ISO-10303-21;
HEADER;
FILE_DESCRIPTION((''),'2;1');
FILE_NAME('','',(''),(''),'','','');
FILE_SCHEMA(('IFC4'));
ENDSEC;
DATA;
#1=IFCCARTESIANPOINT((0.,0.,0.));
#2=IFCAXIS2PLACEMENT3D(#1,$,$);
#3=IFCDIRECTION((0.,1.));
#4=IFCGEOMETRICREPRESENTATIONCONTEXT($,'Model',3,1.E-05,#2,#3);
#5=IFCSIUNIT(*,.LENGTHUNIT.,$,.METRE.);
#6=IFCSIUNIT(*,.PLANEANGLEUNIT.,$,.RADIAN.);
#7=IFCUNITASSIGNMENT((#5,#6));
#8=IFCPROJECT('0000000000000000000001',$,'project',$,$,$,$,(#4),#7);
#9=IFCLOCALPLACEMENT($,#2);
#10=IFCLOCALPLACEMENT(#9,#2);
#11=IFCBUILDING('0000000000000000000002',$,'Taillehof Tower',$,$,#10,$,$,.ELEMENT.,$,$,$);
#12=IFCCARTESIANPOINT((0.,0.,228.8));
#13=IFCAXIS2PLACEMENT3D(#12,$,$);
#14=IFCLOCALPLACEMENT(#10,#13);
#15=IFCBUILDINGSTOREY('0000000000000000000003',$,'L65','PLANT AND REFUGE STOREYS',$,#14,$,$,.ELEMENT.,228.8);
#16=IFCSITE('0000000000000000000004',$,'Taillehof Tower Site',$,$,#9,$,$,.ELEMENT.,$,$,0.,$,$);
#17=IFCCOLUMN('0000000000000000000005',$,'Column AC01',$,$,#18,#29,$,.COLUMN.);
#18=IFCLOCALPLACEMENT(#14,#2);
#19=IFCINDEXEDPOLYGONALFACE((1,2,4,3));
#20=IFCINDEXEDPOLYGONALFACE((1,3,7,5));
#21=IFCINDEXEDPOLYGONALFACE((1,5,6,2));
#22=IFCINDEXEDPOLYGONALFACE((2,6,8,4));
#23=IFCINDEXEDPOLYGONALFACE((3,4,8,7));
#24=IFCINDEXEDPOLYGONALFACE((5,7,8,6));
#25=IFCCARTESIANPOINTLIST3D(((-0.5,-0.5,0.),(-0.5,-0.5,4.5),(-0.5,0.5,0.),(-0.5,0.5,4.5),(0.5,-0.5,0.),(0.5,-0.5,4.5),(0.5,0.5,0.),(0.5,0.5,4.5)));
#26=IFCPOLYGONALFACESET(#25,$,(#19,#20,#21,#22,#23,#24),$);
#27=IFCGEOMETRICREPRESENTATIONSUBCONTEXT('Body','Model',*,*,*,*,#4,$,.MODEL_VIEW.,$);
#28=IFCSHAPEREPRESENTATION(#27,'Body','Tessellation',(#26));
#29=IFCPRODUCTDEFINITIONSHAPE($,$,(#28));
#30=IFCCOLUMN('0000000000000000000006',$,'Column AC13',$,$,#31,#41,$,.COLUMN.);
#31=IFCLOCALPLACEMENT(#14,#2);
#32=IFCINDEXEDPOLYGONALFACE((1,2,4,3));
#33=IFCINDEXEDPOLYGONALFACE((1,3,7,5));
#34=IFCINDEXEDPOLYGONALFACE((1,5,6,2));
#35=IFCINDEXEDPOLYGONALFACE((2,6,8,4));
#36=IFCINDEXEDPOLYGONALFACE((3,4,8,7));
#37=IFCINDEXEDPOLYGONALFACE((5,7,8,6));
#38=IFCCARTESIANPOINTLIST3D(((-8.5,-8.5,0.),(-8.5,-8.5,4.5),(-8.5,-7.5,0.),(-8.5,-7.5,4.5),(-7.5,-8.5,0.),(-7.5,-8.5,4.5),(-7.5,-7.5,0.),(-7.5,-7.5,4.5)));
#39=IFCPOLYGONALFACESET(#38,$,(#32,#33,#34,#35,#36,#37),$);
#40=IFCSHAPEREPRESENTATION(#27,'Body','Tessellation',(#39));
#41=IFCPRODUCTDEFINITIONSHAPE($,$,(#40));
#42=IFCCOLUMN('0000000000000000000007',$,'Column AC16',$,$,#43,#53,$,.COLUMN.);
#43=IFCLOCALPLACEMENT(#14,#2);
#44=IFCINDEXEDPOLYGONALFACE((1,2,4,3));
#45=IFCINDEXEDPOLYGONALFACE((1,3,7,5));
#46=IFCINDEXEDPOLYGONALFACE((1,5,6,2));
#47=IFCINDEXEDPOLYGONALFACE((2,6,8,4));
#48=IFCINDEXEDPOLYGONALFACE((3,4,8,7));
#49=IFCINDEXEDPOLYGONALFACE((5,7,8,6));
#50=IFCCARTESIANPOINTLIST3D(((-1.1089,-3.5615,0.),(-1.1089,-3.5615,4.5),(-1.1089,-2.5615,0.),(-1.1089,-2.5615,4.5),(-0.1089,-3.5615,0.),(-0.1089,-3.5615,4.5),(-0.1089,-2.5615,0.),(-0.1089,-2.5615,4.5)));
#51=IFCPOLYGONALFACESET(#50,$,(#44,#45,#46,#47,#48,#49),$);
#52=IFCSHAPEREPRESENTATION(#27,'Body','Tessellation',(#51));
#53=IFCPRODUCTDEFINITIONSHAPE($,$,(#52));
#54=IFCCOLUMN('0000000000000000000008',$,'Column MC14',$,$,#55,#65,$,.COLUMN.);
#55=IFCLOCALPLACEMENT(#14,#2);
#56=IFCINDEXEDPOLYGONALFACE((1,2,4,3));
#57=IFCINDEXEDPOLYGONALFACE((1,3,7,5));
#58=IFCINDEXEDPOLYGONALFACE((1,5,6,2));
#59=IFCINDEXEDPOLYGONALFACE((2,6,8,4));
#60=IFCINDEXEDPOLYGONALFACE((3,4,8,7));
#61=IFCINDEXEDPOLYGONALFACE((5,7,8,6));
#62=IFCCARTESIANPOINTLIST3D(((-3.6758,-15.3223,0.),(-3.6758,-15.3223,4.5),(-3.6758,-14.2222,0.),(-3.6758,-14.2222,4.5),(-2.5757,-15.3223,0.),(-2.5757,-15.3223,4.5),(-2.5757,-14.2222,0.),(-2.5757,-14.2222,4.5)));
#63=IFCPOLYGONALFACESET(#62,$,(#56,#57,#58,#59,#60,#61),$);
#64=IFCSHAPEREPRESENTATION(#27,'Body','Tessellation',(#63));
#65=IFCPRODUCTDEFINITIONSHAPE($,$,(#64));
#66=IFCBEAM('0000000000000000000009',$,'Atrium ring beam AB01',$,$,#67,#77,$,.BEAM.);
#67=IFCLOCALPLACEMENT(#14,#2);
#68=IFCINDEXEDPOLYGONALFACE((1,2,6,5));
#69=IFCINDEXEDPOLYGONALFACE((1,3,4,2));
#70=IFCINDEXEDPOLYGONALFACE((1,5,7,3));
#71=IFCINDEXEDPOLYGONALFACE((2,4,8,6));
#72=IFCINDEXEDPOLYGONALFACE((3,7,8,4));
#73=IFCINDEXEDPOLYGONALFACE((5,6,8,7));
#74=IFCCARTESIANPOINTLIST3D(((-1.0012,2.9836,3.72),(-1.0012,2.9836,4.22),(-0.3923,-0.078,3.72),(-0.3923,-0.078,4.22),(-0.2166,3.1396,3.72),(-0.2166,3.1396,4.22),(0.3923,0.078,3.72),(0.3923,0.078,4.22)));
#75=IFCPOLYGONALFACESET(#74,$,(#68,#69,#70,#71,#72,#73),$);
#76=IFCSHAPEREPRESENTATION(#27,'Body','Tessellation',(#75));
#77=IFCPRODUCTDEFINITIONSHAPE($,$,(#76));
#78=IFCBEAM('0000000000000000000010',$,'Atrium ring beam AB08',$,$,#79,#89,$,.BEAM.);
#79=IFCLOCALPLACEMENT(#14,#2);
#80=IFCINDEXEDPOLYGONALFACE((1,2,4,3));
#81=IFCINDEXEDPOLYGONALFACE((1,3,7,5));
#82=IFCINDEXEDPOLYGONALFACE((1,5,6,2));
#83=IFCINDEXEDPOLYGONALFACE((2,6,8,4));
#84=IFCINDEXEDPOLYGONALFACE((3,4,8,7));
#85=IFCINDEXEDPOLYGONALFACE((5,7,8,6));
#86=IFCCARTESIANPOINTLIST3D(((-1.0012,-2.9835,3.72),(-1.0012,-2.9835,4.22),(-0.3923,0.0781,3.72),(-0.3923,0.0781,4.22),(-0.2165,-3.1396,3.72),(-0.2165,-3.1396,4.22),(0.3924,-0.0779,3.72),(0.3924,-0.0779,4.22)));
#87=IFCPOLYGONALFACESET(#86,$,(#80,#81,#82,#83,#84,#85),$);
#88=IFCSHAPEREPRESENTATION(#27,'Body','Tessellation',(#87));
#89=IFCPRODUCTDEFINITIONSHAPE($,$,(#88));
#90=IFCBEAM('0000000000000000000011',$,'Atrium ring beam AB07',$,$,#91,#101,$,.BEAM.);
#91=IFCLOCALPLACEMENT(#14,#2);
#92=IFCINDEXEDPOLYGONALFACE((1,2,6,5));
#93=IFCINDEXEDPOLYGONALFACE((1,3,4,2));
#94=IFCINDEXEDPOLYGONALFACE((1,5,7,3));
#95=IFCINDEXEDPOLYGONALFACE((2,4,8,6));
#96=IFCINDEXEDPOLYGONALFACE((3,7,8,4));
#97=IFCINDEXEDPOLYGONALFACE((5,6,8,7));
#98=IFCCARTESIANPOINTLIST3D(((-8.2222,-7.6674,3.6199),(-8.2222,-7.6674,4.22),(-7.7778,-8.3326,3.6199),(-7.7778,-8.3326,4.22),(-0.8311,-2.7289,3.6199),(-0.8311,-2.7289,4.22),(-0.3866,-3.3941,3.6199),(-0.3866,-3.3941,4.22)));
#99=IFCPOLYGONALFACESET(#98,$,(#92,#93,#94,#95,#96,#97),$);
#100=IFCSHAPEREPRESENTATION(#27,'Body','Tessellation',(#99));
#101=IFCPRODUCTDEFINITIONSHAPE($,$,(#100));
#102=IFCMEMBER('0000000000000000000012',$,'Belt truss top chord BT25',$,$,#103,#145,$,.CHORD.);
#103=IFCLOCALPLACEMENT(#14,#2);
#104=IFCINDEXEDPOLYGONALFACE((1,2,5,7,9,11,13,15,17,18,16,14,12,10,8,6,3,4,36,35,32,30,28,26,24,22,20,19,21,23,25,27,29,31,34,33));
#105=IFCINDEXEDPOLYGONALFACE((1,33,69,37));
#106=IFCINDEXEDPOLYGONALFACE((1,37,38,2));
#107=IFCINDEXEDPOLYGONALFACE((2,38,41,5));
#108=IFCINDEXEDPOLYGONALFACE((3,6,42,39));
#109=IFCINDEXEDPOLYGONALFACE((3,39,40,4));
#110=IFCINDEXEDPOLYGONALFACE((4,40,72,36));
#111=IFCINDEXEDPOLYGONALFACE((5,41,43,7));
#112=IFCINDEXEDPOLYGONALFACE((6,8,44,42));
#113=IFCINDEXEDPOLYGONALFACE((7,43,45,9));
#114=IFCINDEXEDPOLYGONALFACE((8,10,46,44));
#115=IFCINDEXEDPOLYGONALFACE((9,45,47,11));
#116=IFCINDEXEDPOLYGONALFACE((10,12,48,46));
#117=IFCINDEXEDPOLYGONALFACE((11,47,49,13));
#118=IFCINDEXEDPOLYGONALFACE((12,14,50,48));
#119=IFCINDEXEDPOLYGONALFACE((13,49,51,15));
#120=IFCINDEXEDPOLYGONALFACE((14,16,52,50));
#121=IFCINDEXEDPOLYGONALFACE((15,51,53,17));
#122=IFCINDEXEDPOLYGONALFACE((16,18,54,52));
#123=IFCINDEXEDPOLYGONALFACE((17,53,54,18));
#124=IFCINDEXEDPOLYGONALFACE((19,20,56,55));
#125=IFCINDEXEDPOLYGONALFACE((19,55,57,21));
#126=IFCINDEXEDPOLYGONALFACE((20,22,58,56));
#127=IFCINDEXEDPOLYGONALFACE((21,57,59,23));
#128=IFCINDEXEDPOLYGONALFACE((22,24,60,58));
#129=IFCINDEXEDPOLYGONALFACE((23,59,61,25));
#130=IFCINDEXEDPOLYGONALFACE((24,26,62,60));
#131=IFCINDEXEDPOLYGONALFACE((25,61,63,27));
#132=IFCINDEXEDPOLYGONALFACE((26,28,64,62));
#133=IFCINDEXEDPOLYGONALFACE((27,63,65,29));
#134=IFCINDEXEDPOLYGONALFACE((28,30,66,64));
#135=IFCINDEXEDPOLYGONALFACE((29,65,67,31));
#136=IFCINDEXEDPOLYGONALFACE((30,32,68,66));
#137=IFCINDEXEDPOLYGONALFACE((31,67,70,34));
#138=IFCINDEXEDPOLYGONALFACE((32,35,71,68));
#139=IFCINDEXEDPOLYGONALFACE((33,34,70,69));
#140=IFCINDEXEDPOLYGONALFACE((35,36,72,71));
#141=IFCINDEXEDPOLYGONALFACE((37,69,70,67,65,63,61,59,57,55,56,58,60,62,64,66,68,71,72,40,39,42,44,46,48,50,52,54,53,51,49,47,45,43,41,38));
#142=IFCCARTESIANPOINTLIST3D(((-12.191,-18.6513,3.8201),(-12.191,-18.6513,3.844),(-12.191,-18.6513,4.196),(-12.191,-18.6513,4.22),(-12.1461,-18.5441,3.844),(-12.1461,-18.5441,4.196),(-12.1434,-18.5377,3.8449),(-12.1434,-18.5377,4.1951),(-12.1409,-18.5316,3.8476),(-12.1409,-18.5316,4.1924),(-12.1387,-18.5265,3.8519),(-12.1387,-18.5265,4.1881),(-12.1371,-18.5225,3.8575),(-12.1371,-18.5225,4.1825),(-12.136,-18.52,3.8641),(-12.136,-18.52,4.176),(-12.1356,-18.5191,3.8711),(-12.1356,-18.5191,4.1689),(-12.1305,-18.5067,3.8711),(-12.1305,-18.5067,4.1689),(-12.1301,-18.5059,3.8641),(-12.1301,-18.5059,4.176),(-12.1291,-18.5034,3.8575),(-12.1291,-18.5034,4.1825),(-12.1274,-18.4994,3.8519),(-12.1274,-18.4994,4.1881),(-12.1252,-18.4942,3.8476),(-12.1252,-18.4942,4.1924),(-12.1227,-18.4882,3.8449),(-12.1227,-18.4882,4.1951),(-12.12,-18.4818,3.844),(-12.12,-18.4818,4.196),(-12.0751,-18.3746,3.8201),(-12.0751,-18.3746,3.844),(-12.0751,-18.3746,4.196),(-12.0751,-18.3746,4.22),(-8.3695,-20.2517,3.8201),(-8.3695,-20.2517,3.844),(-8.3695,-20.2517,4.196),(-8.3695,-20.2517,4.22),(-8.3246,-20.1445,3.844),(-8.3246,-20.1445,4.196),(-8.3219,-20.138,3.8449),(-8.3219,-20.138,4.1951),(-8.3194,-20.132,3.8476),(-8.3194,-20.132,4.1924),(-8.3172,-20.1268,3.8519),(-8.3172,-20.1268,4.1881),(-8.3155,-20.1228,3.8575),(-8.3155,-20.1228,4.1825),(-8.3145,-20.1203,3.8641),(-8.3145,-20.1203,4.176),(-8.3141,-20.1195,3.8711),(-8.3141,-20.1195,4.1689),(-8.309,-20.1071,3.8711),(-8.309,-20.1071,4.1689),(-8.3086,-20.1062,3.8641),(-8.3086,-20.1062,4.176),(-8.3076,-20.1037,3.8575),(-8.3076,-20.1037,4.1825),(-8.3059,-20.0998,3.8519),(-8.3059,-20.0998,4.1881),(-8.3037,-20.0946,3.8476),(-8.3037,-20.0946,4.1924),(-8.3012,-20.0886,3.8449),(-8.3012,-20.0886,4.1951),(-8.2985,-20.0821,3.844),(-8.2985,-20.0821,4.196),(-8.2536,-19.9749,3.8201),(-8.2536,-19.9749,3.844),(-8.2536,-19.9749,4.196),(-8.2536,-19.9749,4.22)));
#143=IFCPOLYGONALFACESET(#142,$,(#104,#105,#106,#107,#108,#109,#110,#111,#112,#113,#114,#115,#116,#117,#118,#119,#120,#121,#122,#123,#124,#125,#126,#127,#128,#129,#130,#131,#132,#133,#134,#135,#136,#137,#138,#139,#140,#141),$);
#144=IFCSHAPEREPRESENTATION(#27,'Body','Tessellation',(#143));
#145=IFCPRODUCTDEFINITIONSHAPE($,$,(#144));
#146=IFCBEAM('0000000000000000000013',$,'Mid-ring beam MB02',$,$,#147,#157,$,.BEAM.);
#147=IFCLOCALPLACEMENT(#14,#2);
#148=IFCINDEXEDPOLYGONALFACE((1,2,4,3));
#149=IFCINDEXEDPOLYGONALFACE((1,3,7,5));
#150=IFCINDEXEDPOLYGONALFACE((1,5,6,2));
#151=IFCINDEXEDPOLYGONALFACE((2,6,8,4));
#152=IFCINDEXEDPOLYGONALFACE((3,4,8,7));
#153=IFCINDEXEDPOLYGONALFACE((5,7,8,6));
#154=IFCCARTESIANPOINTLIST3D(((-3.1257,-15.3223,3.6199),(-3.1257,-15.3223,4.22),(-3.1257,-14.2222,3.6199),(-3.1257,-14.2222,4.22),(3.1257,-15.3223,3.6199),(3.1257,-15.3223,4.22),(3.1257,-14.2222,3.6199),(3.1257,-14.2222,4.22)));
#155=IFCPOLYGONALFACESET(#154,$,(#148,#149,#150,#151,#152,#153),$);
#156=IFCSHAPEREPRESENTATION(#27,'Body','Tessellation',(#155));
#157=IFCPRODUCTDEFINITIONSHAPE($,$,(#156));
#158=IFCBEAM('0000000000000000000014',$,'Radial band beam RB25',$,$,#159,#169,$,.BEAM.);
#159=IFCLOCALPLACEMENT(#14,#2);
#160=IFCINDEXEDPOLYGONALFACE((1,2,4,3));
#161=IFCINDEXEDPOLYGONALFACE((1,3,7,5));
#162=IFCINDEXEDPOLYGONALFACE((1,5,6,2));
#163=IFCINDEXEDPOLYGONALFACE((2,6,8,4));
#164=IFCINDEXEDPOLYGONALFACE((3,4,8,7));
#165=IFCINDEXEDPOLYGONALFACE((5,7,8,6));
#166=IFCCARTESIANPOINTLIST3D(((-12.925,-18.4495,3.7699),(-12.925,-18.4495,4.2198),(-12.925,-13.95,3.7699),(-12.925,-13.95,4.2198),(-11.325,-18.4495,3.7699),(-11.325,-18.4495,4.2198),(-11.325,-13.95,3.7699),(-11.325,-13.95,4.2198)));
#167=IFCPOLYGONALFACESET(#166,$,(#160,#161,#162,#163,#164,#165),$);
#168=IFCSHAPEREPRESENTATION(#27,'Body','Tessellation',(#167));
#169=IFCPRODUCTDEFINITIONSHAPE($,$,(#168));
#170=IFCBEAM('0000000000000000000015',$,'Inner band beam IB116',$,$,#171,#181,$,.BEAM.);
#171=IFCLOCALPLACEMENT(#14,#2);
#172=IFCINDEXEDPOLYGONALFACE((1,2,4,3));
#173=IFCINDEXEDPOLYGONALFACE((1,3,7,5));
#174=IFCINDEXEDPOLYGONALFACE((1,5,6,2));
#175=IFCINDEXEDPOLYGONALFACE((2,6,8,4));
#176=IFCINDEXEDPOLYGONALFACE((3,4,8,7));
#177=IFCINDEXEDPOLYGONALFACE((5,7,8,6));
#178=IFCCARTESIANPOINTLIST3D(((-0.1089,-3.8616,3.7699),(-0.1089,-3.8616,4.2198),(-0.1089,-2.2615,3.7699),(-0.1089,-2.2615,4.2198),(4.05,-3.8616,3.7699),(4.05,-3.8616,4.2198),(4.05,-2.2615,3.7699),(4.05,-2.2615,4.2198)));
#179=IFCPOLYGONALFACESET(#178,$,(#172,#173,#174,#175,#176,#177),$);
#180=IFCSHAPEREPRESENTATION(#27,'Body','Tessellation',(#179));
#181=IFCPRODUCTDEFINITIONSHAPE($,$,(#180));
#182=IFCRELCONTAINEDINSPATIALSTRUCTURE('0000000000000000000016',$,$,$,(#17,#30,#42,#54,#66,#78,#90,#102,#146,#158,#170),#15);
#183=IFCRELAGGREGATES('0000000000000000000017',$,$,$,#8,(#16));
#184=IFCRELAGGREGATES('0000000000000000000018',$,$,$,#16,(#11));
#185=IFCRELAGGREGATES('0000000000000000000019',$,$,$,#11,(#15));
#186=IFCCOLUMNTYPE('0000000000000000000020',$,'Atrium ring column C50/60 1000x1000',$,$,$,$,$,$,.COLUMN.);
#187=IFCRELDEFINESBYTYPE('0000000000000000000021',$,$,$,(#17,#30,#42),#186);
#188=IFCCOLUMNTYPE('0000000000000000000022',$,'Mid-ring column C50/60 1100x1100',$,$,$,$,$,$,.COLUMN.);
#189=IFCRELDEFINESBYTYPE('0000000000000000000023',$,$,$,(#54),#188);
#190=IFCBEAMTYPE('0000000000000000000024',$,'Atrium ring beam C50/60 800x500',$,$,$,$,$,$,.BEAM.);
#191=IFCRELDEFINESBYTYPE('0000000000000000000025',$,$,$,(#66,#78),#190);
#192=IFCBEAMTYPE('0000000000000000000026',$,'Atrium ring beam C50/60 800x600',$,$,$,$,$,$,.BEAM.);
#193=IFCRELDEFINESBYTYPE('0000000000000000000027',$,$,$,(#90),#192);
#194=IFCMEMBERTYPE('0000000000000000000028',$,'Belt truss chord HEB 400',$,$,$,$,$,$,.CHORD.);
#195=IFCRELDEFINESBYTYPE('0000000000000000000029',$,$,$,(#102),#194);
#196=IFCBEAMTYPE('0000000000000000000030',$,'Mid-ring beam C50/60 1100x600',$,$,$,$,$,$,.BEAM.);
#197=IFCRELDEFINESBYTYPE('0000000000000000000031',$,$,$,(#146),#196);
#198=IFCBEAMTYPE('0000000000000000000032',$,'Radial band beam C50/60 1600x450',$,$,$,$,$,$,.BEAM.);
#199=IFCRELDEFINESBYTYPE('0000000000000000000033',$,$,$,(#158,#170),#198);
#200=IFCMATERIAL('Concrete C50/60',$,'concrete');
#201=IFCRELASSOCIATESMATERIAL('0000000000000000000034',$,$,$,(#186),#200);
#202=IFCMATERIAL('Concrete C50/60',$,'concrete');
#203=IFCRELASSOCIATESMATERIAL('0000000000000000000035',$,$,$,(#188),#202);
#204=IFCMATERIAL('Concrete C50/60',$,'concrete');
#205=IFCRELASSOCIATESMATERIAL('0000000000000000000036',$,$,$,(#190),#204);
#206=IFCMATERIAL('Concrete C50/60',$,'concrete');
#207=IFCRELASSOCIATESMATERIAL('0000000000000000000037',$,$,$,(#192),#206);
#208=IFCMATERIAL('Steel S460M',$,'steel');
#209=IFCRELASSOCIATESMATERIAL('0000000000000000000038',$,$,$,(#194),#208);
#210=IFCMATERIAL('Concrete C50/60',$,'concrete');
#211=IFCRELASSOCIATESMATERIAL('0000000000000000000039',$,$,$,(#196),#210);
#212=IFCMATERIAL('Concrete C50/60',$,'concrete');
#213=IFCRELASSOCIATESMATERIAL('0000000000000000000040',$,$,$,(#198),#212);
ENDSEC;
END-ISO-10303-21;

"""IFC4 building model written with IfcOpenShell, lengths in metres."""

from ifc_helpers import new_model, si_unit, direction, frame, origin, origin_2d, place, context, subcontext, project, spatial, rectangle, i_section, extrude, material, material_profile, profile_set, type_object, element, save


model = new_model("IFC4")

# Units and contexts
model_context = context("Model", 3, precision=1e-05, world=origin(), true_north=direction((0.0, 1.0)))
body_context = subcontext(model_context, "Body", "Model", "MODEL_VIEW")
ifc_project = project(units=[si_unit("LENGTHUNIT", "METRE"), si_unit("PLANEANGLEUNIT", "RADIAN")], contexts=[model_context])

# Site, building, storey
site_placement = place(None, origin())
site = spatial("IfcSite", under=ifc_project, at=site_placement, Name="Taillehof Tower Site", CompositionType="ELEMENT", RefElevation=0.0)
building_placement = place(site_placement, origin())
building = spatial("IfcBuilding", under=site, at=building_placement, Name="Taillehof Tower", CompositionType="ELEMENT")
storey_placement = place(building_placement, frame((0.0, 0.0, 228.8)))
storey = spatial("IfcBuildingStorey", under=building, at=storey_placement, Name="L65", Description="PLANT AND REFUGE STOREYS", CompositionType="ELEMENT", Elevation=228.8)

# Columns
ifc_material_1 = material(Name="Concrete C50/60", Category="concrete")
ifc_material_profile_1 = material_profile(ifc_material_1, rectangle(XDim=1.0, YDim=1.0, at=origin_2d()), Name="RC 1000x1000")
ifc_profile_set_1 = profile_set([ifc_material_profile_1], Name="Concrete C50/60")
column_type_1 = type_object("IfcColumnType", Name="Atrium ring column C50/60 1000x1000", PredefinedType="COLUMN", material=ifc_profile_set_1)
for number, where, z_axis, x_axis, name in (
    (1, (0.0, 0.0, 0.0), (0.0, 0.0, 1.0), (1.0, 0.0, 0.0), "Column AC01"),
    (2, (-8.0, -8.0, 0.0), (0.0, 0.0, 1.0), (1.0, 0.0, 0.0), "Column AC13"),
    (3, (-0.6089, -3.0615, 0.0), (0.0, 0.0, 1.0), (1.0, 0.0, 0.0), "Column AC16"),
):
    element("IfcColumn", number, at=place(storey_placement, frame(where, z_axis=z_axis, x_axis=x_axis)), inside=storey, type_object=column_type_1, Name=name, PredefinedType="COLUMN", context=body_context, shape_type="SweptSolid", body=[
        extrude(rectangle(XDim=1.0, YDim=1.0, at=origin_2d()), origin(), (0.0, 0.0, 1.0), 4.5),
    ])
ifc_material_2 = material(Name="Concrete C50/60", Category="concrete")
ifc_material_profile_2 = material_profile(ifc_material_2, rectangle(XDim=1.1001, YDim=1.1001, at=origin_2d()), Name="RC 1100x1100")
ifc_profile_set_2 = profile_set([ifc_material_profile_2], Name="Concrete C50/60")
column_type_2 = type_object("IfcColumnType", Name="Mid-ring column C50/60 1100x1100", PredefinedType="COLUMN", material=ifc_profile_set_2)
column_placement = place(storey_placement, frame((-3.1257, -14.7722, 0.0), z_axis=(0.0, 0.0, 1.0), x_axis=(1.0, 0.0, 0.0)))
element("IfcColumn", 4, at=column_placement, inside=storey, type_object=column_type_2, Name="Column MC14", PredefinedType="COLUMN", context=body_context, shape_type="SweptSolid", body=[
    extrude(rectangle(XDim=1.1001, YDim=1.1001, at=origin_2d()), origin(), (0.0, 0.0, 1.0), 4.5),
])

# Beams
ifc_material_3 = material(Name="Concrete C50/60", Category="concrete")
ifc_material_profile_3 = material_profile(ifc_material_3, rectangle(XDim=0.8, YDim=0.5, at=origin_2d()), Name="RC 800x500")
ifc_profile_set_3 = profile_set([ifc_material_profile_3], Name="Concrete C50/60")
beam_type_1 = type_object("IfcBeamType", Name="Atrium ring beam C50/60 800x500", PredefinedType="BEAM", material=ifc_profile_set_3)
for number, where, z_axis, x_axis, name in (
    (5, (0.0, 0.0, 3.97), (-0.195063, 0.980791, 0.0), (-0.980791, -0.195063, 0.0), "Atrium ring beam AB01"),
    (6, (-0.6089, -3.0615, 3.97), (0.195063, 0.980791, 0.0), (-0.980791, 0.195063, 0.0), "Atrium ring beam AB08"),
):
    element("IfcBeam", number, at=place(storey_placement, frame(where, z_axis=z_axis, x_axis=x_axis)), inside=storey, type_object=beam_type_1, Name=name, PredefinedType="BEAM", context=body_context, shape_type="SweptSolid", body=[
        extrude(rectangle(XDim=0.8, YDim=0.5, at=origin_2d()), origin(), (0.0, 0.0, 1.0), 3.1216),
    ])
ifc_material_4 = material(Name="Concrete C50/60", Category="concrete")
ifc_material_profile_4 = material_profile(ifc_material_4, rectangle(XDim=0.8, YDim=0.6001, at=origin_2d()), Name="RC 800x600")
ifc_profile_set_4 = profile_set([ifc_material_profile_4], Name="Concrete C50/60")
beam_type_2 = type_object("IfcBeamType", Name="Atrium ring beam C50/60 800x600", PredefinedType="BEAM", material=ifc_profile_set_4)
beam_1_placement = place(storey_placement, frame((-8.0, -8.0, 3.9199), z_axis=(0.831475, 0.555562, 0.0), x_axis=(-0.555562, 0.831475, 0.0)))
element("IfcBeam", 7, at=beam_1_placement, inside=storey, type_object=beam_type_2, Name="Atrium ring beam AB07", PredefinedType="BEAM", context=body_context, shape_type="SweptSolid", body=[
    extrude(rectangle(XDim=0.8, YDim=0.6001, at=origin_2d()), origin(), (0.0, 0.0, 1.0), 8.8892),
])

# Member
ifc_material_5 = material(Name="Steel S460M", Category="steel")
ifc_material_profile_5 = material_profile(ifc_material_5, i_section(OverallWidth=0.3, OverallDepth=0.3999, WebThickness=0.0134, FlangeThickness=0.0239, FilletRadius=0.0271, at=origin_2d()), Name="HEB 400")
ifc_profile_set_5 = profile_set([ifc_material_profile_5], Name="Steel S460M")
member_type = type_object("IfcMemberType", Name="Belt truss chord HEB 400", PredefinedType="CHORD", material=ifc_profile_set_5)
member_placement = place(storey_placement, frame((-12.1331, -18.5129, 4.02), z_axis=(0.922387, -0.386268, 0.0), x_axis=(0.386268, 0.922387, 0.0)))
element("IfcMember", 8, at=member_placement, inside=storey, type_object=member_type, Name="Belt truss top chord BT25", PredefinedType="CHORD", context=body_context, shape_type="SweptSolid", body=[
    extrude(i_section(OverallWidth=0.3, OverallDepth=0.3999, WebThickness=0.0134, FlangeThickness=0.0239, FilletRadius=0.0271, at=origin_2d()), origin(), (0.0, 0.0, 1.0), 4.1431),
])

# Beams
ifc_material_6 = material(Name="Concrete C50/60", Category="concrete")
ifc_material_profile_6 = material_profile(ifc_material_6, rectangle(XDim=1.1001, YDim=0.6001, at=origin_2d()), Name="RC 1100x600")
ifc_profile_set_6 = profile_set([ifc_material_profile_6], Name="Concrete C50/60")
beam_type_3 = type_object("IfcBeamType", Name="Mid-ring beam C50/60 1100x600", PredefinedType="BEAM", material=ifc_profile_set_6)
beam_2_placement = place(storey_placement, frame((-3.1257, -14.7722, 3.9199), z_axis=(1.0, 0.0, 0.0), x_axis=(0.0, 1.0, 0.0)))
element("IfcBeam", 9, at=beam_2_placement, inside=storey, type_object=beam_type_3, Name="Mid-ring beam MB02", PredefinedType="BEAM", context=body_context, shape_type="SweptSolid", body=[
    extrude(rectangle(XDim=1.1001, YDim=0.6001, at=origin_2d()), origin(), (0.0, 0.0, 1.0), 6.2515),
])
ifc_material_7 = material(Name="Concrete C50/60", Category="concrete")
ifc_material_profile_7 = material_profile(ifc_material_7, rectangle(XDim=1.6001, YDim=0.45, at=origin_2d()), Name="RC 1600x450")
ifc_profile_set_7 = profile_set([ifc_material_profile_7], Name="Concrete C50/60")
beam_type_4 = type_object("IfcBeamType", Name="Radial band beam C50/60 1600x450", PredefinedType="BEAM", material=ifc_profile_set_7)
beam_3_placement = place(storey_placement, frame((-12.125, -18.4495, 3.9949), z_axis=(0.0, 1.0, 0.0), x_axis=(-1.0, 0.0, 0.0)))
element("IfcBeam", 10, at=beam_3_placement, inside=storey, type_object=beam_type_4, Name="Radial band beam RB25", PredefinedType="BEAM", context=body_context, shape_type="SweptSolid", body=[
    extrude(rectangle(XDim=1.6001, YDim=0.45, at=origin_2d()), origin(), (0.0, 0.0, 1.0), 4.4995),
])
beam_4_placement = place(storey_placement, frame((-0.1089, -3.0615, 3.9949), z_axis=(1.0, 0.0, 0.0), x_axis=(0.0, 1.0, 0.0)))
element("IfcBeam", 11, at=beam_4_placement, inside=storey, type_object=beam_type_4, Name="Inner band beam IB116", PredefinedType="BEAM", context=body_context, shape_type="SweptSolid", body=[
    extrude(rectangle(XDim=1.6001, YDim=0.45, at=origin_2d()), origin(), (0.0, 0.0, 1.0), 4.1589),
])

save(model, "model.ifc")
